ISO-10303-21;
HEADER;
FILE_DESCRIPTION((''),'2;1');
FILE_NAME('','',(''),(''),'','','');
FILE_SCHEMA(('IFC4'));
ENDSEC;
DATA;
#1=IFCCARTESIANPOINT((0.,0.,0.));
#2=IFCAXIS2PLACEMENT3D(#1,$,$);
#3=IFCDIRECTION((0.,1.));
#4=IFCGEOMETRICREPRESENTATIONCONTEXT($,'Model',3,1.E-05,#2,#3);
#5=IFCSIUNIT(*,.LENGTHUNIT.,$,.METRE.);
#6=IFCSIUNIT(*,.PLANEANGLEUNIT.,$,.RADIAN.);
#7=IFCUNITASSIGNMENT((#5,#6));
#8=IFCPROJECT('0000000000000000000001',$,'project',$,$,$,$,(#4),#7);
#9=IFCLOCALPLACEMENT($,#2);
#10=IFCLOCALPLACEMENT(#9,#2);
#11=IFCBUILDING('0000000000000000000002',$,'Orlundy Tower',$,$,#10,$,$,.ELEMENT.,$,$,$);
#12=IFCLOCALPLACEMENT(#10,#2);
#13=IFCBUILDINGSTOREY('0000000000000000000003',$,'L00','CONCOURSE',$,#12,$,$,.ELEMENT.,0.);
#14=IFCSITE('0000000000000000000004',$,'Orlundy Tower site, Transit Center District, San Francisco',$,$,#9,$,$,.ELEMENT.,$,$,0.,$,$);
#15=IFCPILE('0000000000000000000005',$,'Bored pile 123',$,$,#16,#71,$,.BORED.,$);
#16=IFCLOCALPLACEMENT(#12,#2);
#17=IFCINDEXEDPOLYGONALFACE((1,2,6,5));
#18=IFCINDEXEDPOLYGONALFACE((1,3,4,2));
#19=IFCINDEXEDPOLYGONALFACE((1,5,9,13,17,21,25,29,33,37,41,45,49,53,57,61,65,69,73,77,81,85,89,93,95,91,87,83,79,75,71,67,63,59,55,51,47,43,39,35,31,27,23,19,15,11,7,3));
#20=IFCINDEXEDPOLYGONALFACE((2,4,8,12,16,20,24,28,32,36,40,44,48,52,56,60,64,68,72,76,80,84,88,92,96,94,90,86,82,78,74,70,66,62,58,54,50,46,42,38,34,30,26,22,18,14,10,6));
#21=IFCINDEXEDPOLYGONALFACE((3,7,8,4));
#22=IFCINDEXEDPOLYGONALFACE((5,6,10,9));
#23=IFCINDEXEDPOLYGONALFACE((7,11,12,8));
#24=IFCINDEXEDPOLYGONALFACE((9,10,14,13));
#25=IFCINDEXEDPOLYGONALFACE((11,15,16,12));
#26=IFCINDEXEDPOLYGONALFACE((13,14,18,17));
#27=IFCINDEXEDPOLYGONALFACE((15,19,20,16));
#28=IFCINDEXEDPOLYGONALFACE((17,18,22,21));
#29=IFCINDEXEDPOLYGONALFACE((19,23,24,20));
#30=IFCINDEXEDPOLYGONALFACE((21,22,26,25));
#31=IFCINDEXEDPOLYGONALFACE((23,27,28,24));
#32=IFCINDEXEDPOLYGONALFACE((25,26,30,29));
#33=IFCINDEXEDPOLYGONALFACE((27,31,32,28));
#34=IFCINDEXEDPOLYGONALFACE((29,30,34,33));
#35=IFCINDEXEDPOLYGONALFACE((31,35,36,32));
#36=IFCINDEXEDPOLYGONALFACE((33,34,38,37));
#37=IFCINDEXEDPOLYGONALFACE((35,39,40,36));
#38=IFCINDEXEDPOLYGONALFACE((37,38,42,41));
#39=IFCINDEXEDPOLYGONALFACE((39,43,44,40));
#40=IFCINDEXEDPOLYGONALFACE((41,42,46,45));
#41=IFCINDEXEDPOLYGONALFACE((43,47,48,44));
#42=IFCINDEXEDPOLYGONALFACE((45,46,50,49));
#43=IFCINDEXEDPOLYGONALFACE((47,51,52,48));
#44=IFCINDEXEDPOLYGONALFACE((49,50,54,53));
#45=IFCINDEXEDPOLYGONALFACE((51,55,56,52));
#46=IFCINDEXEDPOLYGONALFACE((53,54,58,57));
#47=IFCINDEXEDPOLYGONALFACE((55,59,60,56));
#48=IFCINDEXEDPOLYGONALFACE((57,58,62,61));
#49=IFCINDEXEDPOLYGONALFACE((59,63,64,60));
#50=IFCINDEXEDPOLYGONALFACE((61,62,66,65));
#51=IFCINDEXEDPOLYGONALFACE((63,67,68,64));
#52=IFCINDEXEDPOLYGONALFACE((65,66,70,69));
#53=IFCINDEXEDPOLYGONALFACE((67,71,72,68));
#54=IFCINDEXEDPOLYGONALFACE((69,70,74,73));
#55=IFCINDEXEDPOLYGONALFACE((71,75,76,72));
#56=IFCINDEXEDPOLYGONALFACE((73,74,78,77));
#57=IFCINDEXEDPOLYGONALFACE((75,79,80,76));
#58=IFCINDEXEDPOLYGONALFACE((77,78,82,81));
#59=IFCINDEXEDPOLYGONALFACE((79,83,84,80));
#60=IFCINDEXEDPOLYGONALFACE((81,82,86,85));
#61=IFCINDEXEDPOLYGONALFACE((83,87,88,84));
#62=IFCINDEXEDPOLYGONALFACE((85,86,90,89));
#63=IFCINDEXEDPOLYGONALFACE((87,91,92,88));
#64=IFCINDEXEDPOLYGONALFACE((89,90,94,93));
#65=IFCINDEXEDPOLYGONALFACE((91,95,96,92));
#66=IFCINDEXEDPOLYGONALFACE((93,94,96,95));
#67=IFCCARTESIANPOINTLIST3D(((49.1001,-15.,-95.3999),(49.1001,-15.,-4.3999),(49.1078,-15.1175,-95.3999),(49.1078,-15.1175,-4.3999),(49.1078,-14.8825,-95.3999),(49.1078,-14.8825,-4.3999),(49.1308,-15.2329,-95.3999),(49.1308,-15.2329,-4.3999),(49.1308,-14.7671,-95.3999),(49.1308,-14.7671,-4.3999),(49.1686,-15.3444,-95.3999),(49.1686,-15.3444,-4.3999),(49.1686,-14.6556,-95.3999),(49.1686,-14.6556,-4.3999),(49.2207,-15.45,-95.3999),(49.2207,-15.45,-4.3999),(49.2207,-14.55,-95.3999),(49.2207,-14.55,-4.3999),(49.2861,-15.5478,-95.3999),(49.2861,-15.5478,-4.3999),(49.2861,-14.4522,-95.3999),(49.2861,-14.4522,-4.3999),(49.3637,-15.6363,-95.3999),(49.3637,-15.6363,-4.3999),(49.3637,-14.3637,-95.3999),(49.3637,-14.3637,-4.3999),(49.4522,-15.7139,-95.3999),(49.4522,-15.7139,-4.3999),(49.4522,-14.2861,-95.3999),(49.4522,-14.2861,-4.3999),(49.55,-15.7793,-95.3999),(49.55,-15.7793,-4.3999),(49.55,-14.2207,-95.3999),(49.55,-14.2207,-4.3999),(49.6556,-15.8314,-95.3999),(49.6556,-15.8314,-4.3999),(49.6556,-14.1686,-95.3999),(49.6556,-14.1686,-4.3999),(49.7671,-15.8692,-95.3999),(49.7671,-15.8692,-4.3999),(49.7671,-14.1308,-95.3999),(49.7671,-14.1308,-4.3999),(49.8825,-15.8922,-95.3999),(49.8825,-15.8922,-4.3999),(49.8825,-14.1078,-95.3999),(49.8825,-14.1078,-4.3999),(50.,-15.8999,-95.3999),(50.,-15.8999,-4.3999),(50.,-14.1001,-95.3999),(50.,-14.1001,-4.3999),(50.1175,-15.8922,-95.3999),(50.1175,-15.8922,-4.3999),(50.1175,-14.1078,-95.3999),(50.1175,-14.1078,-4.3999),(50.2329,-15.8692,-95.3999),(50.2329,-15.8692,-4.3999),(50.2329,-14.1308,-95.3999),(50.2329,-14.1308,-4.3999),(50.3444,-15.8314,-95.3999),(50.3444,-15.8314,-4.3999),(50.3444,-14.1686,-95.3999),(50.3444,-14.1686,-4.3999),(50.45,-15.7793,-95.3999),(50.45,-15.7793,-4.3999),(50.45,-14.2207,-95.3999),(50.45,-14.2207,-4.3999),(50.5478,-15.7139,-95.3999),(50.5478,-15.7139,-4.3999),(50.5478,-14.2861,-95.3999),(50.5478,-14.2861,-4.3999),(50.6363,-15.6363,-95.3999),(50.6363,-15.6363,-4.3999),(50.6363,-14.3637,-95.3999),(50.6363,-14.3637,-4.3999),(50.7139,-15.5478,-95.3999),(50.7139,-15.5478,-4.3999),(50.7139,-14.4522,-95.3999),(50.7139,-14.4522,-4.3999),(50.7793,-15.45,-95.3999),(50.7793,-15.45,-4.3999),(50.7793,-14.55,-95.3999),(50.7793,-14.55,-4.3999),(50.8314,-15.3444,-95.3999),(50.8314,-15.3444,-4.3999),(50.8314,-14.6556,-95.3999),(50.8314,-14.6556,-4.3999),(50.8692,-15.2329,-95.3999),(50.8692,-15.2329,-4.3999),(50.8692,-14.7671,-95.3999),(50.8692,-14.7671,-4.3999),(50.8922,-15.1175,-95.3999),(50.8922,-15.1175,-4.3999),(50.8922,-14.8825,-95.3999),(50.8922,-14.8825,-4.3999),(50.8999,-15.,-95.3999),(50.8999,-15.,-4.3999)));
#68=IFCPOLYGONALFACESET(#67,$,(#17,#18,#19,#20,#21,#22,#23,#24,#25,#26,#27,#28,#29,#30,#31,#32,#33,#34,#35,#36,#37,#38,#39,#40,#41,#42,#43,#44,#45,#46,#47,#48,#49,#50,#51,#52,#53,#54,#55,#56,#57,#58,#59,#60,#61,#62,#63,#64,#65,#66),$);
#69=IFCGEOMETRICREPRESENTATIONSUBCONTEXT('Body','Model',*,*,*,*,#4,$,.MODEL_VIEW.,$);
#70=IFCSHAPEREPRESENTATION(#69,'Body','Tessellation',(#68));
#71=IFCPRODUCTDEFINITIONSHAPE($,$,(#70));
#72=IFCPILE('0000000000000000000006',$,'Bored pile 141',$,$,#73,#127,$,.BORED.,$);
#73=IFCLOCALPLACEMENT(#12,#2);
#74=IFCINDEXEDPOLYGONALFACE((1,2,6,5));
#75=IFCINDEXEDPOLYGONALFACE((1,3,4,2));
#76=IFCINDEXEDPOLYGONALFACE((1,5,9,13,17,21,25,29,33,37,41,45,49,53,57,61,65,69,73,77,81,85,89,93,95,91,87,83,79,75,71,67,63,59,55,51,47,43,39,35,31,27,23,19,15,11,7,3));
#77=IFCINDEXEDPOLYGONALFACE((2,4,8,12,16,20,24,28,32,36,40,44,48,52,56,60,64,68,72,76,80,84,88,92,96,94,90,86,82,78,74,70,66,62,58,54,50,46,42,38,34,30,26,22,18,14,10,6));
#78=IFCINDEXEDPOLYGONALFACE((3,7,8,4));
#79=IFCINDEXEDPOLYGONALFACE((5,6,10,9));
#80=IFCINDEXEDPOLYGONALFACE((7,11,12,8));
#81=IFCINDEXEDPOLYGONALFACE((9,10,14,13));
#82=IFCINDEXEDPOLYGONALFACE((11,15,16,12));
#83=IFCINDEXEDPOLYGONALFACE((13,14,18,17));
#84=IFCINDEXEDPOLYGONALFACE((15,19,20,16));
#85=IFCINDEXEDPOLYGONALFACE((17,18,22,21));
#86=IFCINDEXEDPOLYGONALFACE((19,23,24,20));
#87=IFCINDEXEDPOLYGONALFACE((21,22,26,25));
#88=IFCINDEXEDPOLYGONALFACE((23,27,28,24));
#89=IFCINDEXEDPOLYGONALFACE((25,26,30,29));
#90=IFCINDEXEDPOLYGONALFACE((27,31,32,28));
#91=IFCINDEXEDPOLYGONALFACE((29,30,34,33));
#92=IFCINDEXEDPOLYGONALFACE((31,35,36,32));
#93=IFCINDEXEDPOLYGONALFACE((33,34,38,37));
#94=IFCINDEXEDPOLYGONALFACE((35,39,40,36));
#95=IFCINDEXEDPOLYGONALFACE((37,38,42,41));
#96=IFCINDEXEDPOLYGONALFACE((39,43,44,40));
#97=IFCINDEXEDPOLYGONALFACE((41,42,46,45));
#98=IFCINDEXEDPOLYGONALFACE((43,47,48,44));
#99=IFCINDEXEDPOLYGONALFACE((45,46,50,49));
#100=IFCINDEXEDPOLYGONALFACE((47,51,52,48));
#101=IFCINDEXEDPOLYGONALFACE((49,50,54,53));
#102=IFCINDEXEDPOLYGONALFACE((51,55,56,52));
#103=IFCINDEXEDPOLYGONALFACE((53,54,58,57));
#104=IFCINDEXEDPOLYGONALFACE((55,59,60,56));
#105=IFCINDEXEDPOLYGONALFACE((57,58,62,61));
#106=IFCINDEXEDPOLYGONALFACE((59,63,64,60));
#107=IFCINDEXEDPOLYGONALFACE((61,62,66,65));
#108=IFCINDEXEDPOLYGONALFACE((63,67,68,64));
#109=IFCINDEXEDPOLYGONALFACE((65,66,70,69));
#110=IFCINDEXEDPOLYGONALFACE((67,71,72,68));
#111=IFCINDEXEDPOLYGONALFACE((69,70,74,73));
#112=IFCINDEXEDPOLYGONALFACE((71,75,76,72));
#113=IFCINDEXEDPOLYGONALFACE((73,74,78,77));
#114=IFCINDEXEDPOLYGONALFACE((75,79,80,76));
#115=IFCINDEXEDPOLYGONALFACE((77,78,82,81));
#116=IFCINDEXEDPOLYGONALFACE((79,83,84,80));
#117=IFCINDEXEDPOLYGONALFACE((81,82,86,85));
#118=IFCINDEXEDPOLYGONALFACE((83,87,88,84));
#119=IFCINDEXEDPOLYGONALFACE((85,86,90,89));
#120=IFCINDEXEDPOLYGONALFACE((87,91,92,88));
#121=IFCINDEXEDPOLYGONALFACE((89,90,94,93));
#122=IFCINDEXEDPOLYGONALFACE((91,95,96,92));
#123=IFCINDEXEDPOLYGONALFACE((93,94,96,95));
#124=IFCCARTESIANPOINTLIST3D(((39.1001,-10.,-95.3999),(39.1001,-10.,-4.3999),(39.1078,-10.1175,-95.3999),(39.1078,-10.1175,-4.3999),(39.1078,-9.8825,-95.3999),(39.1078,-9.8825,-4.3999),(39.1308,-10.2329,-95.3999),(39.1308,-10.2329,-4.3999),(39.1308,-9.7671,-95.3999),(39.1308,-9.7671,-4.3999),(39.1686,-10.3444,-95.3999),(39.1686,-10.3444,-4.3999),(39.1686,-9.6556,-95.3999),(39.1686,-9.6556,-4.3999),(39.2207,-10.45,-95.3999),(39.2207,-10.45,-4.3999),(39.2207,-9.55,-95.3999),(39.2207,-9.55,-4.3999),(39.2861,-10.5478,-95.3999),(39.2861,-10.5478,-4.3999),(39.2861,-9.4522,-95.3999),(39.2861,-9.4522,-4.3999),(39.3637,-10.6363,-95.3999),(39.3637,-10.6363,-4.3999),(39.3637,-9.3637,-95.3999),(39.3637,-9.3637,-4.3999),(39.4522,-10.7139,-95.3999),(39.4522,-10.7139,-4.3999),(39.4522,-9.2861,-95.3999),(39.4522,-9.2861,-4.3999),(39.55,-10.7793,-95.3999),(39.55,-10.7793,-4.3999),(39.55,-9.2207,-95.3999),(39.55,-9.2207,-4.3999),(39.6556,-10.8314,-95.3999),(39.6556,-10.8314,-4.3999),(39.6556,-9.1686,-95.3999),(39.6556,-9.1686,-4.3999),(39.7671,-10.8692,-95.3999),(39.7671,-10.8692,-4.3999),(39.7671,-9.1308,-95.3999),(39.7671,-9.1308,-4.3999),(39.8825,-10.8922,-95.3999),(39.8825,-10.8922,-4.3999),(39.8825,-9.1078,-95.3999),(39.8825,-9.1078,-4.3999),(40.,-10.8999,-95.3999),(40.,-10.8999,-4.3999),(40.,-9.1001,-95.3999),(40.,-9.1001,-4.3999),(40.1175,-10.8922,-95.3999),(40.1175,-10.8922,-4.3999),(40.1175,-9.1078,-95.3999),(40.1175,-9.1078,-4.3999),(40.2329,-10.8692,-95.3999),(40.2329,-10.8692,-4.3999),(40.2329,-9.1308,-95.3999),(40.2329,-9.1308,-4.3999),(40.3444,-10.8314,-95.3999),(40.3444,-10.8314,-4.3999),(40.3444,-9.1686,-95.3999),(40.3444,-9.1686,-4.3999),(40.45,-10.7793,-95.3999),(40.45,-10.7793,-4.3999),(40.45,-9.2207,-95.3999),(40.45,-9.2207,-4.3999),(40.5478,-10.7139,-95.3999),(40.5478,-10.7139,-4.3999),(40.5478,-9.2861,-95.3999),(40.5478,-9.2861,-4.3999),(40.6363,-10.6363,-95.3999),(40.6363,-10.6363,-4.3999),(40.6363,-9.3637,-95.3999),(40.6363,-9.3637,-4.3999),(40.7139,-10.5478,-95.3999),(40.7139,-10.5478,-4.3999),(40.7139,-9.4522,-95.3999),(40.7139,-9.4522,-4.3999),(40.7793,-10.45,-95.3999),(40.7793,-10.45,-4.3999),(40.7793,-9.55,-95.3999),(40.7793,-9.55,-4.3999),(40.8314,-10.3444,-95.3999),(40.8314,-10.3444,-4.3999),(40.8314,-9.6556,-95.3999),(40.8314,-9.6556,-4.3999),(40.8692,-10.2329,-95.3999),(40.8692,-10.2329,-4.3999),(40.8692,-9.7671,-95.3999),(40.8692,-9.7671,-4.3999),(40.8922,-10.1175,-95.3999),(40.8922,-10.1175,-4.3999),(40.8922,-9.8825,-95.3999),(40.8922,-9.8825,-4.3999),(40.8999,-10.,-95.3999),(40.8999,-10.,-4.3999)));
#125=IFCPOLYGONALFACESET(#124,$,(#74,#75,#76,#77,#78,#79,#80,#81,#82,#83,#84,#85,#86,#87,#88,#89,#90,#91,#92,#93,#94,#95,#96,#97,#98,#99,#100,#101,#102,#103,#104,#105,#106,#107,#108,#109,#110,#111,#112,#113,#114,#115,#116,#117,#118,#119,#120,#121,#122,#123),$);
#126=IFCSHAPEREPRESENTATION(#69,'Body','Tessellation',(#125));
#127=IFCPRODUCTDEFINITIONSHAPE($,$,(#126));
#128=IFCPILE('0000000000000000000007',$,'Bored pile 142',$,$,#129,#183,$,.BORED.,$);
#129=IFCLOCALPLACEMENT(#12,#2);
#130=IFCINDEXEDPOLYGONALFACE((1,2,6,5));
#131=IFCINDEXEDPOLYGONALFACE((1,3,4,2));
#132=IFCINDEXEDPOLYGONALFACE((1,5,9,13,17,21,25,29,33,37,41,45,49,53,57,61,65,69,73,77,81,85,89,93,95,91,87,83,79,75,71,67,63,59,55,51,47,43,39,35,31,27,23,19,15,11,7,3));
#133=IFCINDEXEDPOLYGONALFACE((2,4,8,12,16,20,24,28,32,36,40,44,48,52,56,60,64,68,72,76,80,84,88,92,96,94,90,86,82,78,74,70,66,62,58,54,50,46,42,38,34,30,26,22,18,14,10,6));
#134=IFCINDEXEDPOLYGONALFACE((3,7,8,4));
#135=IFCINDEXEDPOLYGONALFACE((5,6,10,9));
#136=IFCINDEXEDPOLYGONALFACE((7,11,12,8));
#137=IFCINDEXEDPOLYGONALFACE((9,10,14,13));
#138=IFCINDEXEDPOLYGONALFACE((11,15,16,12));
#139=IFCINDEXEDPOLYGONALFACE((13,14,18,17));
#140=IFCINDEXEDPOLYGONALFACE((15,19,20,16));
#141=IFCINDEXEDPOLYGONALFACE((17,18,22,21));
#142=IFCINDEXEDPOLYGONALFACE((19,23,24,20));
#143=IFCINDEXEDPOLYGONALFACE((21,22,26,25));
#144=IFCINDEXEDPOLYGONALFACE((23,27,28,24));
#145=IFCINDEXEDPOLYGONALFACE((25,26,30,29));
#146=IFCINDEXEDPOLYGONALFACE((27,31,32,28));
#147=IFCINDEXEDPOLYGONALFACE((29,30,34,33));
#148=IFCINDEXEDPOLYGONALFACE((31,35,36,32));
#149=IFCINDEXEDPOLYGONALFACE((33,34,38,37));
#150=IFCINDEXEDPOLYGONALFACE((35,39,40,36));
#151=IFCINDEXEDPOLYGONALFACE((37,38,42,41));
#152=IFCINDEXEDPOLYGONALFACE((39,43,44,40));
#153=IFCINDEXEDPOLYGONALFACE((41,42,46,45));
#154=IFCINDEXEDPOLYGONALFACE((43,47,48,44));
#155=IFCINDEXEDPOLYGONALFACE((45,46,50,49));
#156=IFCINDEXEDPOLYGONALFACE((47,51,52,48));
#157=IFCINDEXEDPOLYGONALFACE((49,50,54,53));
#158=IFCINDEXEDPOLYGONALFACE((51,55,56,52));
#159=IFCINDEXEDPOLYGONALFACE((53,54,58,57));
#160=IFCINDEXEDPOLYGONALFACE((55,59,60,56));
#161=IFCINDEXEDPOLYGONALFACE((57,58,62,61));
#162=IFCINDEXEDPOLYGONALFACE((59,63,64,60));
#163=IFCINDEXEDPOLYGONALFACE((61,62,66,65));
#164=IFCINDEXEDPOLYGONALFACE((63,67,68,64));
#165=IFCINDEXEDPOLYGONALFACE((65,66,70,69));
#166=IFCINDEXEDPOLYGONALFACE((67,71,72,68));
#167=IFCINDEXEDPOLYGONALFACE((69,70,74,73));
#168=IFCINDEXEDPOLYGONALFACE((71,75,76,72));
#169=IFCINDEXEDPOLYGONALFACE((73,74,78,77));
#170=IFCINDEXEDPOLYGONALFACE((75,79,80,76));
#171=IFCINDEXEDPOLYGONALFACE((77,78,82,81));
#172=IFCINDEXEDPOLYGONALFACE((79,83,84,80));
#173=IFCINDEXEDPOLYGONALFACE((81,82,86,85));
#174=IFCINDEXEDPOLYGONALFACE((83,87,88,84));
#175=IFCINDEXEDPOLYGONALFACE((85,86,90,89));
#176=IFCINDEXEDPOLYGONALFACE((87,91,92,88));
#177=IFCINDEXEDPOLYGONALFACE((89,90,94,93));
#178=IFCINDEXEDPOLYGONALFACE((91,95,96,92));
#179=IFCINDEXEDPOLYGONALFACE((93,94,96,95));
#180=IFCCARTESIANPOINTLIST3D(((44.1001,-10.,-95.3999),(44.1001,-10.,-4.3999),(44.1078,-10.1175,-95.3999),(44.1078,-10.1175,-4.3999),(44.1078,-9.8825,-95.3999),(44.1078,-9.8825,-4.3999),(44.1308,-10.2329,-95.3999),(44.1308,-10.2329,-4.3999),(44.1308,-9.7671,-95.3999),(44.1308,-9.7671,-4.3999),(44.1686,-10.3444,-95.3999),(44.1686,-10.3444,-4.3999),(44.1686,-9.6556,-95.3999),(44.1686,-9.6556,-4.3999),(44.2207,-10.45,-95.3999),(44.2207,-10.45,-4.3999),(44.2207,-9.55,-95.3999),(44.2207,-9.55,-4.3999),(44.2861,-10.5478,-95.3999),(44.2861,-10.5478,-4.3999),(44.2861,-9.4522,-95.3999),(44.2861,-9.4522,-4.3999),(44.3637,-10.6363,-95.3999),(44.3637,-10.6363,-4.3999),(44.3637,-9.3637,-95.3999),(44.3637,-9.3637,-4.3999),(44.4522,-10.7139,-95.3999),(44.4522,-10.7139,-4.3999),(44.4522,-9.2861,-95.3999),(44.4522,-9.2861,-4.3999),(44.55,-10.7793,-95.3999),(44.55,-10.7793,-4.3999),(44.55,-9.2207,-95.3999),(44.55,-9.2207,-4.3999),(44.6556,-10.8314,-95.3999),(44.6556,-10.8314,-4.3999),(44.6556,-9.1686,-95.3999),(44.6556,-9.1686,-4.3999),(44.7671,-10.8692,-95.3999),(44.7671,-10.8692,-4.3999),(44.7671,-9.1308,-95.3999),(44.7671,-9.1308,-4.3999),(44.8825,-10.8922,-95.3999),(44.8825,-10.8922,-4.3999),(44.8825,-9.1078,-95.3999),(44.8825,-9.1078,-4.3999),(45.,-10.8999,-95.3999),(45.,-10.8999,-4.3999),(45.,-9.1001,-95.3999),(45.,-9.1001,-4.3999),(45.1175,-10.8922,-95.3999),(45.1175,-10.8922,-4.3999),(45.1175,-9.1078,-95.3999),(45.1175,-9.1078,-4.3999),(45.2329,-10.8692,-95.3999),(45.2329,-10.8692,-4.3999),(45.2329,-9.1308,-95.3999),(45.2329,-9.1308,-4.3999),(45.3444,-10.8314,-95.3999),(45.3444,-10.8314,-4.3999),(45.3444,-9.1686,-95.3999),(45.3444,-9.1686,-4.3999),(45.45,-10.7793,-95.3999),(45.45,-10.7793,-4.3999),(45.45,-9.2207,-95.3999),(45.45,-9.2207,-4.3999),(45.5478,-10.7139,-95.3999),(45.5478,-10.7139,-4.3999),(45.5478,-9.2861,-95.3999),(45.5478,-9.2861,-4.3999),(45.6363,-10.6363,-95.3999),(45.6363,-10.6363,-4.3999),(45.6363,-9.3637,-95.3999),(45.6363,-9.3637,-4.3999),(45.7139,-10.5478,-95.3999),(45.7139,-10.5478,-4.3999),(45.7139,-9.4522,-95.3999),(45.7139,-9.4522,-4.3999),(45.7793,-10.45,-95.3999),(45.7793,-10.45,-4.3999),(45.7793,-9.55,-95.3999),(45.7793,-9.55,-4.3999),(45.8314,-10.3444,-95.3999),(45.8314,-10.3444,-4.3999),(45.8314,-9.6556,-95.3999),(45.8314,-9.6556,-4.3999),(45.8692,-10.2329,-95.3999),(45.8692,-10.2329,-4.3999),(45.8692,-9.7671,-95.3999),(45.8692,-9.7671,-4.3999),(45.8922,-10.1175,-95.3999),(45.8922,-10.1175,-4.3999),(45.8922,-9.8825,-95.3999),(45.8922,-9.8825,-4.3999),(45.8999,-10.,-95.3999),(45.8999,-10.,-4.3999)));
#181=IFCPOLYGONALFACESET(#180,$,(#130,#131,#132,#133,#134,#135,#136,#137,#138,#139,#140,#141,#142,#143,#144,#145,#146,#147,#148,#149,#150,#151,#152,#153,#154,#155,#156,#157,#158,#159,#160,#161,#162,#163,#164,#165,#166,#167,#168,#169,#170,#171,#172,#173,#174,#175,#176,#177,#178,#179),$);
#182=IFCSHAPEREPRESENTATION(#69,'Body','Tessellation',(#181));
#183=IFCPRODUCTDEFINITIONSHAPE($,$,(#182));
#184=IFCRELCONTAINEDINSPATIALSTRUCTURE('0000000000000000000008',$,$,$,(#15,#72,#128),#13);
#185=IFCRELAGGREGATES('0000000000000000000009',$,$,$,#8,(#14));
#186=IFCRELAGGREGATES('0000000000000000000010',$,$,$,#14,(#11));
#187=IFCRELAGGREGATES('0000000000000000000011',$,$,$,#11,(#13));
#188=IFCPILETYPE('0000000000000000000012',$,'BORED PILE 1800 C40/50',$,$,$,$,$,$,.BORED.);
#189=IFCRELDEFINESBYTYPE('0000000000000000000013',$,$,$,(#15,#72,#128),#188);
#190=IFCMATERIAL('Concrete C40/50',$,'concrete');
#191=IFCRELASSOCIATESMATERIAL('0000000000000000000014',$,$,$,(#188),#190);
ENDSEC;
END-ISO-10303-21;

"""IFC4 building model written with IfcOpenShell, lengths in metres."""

from ifc_helpers import new_model, si_unit, direction, frame, origin, origin_2d, place, context, subcontext, project, spatial, circle, extrude, material, material_profile, profile_set, type_object, element, save


model = new_model("IFC4")

# Units and contexts
model_context = context("Model", 3, precision=1e-05, world=origin(), true_north=direction((0.0, 1.0)))
body_context = subcontext(model_context, "Body", "Model", "MODEL_VIEW")
ifc_project = project(units=[si_unit("LENGTHUNIT", "METRE"), si_unit("PLANEANGLEUNIT", "RADIAN")], contexts=[model_context])

# Site, building, storey
site_placement = place(None, origin())
site = spatial("IfcSite", under=ifc_project, at=site_placement, Name="Orlundy Tower site, Transit Center District, San Francisco", CompositionType="ELEMENT", RefElevation=0.0)
building_placement = place(site_placement, origin())
building = spatial("IfcBuilding", under=site, at=building_placement, Name="Orlundy Tower", CompositionType="ELEMENT")
storey_placement = place(building_placement, origin())
storey = spatial("IfcBuildingStorey", under=building, at=storey_placement, Name="L00", Description="CONCOURSE", CompositionType="ELEMENT", Elevation=0.0)

# Piles
ifc_material_1 = material(Name="Concrete C40/50", Category="concrete")
ifc_material_profile_1 = material_profile(ifc_material_1, circle(Radius=0.8999, at=origin_2d()), Name="BP1800")
ifc_profile_set_1 = profile_set([ifc_material_profile_1], Name="Concrete C40/50")
pile_type = type_object("IfcPileType", Name="BORED PILE 1800 C40/50", PredefinedType="BORED", material=ifc_profile_set_1)
for number, where, z_axis, x_axis, name in (
    (1, (50.0, -15.0, -4.3999), (0.0, 0.0, -1.0), (1.0, 0.0, 0.0), "Bored pile 123"),
    (2, (40.0, -10.0, -4.3999), (0.0, 0.0, -1.0), (1.0, 0.0, 0.0), "Bored pile 141"),
    (3, (45.0, -10.0, -4.3999), (0.0, 0.0, -1.0), (1.0, 0.0, 0.0), "Bored pile 142"),
):
    element("IfcPile", number, at=place(storey_placement, frame(where, z_axis=z_axis, x_axis=x_axis)), inside=storey, type_object=pile_type, Name=name, PredefinedType="BORED", context=body_context, shape_type="SweptSolid", body=[
        extrude(circle(Radius=0.8999, at=origin_2d()), origin(), (0.0, 0.0, 1.0), 91.0),
    ])

save(model, "model.ifc")
